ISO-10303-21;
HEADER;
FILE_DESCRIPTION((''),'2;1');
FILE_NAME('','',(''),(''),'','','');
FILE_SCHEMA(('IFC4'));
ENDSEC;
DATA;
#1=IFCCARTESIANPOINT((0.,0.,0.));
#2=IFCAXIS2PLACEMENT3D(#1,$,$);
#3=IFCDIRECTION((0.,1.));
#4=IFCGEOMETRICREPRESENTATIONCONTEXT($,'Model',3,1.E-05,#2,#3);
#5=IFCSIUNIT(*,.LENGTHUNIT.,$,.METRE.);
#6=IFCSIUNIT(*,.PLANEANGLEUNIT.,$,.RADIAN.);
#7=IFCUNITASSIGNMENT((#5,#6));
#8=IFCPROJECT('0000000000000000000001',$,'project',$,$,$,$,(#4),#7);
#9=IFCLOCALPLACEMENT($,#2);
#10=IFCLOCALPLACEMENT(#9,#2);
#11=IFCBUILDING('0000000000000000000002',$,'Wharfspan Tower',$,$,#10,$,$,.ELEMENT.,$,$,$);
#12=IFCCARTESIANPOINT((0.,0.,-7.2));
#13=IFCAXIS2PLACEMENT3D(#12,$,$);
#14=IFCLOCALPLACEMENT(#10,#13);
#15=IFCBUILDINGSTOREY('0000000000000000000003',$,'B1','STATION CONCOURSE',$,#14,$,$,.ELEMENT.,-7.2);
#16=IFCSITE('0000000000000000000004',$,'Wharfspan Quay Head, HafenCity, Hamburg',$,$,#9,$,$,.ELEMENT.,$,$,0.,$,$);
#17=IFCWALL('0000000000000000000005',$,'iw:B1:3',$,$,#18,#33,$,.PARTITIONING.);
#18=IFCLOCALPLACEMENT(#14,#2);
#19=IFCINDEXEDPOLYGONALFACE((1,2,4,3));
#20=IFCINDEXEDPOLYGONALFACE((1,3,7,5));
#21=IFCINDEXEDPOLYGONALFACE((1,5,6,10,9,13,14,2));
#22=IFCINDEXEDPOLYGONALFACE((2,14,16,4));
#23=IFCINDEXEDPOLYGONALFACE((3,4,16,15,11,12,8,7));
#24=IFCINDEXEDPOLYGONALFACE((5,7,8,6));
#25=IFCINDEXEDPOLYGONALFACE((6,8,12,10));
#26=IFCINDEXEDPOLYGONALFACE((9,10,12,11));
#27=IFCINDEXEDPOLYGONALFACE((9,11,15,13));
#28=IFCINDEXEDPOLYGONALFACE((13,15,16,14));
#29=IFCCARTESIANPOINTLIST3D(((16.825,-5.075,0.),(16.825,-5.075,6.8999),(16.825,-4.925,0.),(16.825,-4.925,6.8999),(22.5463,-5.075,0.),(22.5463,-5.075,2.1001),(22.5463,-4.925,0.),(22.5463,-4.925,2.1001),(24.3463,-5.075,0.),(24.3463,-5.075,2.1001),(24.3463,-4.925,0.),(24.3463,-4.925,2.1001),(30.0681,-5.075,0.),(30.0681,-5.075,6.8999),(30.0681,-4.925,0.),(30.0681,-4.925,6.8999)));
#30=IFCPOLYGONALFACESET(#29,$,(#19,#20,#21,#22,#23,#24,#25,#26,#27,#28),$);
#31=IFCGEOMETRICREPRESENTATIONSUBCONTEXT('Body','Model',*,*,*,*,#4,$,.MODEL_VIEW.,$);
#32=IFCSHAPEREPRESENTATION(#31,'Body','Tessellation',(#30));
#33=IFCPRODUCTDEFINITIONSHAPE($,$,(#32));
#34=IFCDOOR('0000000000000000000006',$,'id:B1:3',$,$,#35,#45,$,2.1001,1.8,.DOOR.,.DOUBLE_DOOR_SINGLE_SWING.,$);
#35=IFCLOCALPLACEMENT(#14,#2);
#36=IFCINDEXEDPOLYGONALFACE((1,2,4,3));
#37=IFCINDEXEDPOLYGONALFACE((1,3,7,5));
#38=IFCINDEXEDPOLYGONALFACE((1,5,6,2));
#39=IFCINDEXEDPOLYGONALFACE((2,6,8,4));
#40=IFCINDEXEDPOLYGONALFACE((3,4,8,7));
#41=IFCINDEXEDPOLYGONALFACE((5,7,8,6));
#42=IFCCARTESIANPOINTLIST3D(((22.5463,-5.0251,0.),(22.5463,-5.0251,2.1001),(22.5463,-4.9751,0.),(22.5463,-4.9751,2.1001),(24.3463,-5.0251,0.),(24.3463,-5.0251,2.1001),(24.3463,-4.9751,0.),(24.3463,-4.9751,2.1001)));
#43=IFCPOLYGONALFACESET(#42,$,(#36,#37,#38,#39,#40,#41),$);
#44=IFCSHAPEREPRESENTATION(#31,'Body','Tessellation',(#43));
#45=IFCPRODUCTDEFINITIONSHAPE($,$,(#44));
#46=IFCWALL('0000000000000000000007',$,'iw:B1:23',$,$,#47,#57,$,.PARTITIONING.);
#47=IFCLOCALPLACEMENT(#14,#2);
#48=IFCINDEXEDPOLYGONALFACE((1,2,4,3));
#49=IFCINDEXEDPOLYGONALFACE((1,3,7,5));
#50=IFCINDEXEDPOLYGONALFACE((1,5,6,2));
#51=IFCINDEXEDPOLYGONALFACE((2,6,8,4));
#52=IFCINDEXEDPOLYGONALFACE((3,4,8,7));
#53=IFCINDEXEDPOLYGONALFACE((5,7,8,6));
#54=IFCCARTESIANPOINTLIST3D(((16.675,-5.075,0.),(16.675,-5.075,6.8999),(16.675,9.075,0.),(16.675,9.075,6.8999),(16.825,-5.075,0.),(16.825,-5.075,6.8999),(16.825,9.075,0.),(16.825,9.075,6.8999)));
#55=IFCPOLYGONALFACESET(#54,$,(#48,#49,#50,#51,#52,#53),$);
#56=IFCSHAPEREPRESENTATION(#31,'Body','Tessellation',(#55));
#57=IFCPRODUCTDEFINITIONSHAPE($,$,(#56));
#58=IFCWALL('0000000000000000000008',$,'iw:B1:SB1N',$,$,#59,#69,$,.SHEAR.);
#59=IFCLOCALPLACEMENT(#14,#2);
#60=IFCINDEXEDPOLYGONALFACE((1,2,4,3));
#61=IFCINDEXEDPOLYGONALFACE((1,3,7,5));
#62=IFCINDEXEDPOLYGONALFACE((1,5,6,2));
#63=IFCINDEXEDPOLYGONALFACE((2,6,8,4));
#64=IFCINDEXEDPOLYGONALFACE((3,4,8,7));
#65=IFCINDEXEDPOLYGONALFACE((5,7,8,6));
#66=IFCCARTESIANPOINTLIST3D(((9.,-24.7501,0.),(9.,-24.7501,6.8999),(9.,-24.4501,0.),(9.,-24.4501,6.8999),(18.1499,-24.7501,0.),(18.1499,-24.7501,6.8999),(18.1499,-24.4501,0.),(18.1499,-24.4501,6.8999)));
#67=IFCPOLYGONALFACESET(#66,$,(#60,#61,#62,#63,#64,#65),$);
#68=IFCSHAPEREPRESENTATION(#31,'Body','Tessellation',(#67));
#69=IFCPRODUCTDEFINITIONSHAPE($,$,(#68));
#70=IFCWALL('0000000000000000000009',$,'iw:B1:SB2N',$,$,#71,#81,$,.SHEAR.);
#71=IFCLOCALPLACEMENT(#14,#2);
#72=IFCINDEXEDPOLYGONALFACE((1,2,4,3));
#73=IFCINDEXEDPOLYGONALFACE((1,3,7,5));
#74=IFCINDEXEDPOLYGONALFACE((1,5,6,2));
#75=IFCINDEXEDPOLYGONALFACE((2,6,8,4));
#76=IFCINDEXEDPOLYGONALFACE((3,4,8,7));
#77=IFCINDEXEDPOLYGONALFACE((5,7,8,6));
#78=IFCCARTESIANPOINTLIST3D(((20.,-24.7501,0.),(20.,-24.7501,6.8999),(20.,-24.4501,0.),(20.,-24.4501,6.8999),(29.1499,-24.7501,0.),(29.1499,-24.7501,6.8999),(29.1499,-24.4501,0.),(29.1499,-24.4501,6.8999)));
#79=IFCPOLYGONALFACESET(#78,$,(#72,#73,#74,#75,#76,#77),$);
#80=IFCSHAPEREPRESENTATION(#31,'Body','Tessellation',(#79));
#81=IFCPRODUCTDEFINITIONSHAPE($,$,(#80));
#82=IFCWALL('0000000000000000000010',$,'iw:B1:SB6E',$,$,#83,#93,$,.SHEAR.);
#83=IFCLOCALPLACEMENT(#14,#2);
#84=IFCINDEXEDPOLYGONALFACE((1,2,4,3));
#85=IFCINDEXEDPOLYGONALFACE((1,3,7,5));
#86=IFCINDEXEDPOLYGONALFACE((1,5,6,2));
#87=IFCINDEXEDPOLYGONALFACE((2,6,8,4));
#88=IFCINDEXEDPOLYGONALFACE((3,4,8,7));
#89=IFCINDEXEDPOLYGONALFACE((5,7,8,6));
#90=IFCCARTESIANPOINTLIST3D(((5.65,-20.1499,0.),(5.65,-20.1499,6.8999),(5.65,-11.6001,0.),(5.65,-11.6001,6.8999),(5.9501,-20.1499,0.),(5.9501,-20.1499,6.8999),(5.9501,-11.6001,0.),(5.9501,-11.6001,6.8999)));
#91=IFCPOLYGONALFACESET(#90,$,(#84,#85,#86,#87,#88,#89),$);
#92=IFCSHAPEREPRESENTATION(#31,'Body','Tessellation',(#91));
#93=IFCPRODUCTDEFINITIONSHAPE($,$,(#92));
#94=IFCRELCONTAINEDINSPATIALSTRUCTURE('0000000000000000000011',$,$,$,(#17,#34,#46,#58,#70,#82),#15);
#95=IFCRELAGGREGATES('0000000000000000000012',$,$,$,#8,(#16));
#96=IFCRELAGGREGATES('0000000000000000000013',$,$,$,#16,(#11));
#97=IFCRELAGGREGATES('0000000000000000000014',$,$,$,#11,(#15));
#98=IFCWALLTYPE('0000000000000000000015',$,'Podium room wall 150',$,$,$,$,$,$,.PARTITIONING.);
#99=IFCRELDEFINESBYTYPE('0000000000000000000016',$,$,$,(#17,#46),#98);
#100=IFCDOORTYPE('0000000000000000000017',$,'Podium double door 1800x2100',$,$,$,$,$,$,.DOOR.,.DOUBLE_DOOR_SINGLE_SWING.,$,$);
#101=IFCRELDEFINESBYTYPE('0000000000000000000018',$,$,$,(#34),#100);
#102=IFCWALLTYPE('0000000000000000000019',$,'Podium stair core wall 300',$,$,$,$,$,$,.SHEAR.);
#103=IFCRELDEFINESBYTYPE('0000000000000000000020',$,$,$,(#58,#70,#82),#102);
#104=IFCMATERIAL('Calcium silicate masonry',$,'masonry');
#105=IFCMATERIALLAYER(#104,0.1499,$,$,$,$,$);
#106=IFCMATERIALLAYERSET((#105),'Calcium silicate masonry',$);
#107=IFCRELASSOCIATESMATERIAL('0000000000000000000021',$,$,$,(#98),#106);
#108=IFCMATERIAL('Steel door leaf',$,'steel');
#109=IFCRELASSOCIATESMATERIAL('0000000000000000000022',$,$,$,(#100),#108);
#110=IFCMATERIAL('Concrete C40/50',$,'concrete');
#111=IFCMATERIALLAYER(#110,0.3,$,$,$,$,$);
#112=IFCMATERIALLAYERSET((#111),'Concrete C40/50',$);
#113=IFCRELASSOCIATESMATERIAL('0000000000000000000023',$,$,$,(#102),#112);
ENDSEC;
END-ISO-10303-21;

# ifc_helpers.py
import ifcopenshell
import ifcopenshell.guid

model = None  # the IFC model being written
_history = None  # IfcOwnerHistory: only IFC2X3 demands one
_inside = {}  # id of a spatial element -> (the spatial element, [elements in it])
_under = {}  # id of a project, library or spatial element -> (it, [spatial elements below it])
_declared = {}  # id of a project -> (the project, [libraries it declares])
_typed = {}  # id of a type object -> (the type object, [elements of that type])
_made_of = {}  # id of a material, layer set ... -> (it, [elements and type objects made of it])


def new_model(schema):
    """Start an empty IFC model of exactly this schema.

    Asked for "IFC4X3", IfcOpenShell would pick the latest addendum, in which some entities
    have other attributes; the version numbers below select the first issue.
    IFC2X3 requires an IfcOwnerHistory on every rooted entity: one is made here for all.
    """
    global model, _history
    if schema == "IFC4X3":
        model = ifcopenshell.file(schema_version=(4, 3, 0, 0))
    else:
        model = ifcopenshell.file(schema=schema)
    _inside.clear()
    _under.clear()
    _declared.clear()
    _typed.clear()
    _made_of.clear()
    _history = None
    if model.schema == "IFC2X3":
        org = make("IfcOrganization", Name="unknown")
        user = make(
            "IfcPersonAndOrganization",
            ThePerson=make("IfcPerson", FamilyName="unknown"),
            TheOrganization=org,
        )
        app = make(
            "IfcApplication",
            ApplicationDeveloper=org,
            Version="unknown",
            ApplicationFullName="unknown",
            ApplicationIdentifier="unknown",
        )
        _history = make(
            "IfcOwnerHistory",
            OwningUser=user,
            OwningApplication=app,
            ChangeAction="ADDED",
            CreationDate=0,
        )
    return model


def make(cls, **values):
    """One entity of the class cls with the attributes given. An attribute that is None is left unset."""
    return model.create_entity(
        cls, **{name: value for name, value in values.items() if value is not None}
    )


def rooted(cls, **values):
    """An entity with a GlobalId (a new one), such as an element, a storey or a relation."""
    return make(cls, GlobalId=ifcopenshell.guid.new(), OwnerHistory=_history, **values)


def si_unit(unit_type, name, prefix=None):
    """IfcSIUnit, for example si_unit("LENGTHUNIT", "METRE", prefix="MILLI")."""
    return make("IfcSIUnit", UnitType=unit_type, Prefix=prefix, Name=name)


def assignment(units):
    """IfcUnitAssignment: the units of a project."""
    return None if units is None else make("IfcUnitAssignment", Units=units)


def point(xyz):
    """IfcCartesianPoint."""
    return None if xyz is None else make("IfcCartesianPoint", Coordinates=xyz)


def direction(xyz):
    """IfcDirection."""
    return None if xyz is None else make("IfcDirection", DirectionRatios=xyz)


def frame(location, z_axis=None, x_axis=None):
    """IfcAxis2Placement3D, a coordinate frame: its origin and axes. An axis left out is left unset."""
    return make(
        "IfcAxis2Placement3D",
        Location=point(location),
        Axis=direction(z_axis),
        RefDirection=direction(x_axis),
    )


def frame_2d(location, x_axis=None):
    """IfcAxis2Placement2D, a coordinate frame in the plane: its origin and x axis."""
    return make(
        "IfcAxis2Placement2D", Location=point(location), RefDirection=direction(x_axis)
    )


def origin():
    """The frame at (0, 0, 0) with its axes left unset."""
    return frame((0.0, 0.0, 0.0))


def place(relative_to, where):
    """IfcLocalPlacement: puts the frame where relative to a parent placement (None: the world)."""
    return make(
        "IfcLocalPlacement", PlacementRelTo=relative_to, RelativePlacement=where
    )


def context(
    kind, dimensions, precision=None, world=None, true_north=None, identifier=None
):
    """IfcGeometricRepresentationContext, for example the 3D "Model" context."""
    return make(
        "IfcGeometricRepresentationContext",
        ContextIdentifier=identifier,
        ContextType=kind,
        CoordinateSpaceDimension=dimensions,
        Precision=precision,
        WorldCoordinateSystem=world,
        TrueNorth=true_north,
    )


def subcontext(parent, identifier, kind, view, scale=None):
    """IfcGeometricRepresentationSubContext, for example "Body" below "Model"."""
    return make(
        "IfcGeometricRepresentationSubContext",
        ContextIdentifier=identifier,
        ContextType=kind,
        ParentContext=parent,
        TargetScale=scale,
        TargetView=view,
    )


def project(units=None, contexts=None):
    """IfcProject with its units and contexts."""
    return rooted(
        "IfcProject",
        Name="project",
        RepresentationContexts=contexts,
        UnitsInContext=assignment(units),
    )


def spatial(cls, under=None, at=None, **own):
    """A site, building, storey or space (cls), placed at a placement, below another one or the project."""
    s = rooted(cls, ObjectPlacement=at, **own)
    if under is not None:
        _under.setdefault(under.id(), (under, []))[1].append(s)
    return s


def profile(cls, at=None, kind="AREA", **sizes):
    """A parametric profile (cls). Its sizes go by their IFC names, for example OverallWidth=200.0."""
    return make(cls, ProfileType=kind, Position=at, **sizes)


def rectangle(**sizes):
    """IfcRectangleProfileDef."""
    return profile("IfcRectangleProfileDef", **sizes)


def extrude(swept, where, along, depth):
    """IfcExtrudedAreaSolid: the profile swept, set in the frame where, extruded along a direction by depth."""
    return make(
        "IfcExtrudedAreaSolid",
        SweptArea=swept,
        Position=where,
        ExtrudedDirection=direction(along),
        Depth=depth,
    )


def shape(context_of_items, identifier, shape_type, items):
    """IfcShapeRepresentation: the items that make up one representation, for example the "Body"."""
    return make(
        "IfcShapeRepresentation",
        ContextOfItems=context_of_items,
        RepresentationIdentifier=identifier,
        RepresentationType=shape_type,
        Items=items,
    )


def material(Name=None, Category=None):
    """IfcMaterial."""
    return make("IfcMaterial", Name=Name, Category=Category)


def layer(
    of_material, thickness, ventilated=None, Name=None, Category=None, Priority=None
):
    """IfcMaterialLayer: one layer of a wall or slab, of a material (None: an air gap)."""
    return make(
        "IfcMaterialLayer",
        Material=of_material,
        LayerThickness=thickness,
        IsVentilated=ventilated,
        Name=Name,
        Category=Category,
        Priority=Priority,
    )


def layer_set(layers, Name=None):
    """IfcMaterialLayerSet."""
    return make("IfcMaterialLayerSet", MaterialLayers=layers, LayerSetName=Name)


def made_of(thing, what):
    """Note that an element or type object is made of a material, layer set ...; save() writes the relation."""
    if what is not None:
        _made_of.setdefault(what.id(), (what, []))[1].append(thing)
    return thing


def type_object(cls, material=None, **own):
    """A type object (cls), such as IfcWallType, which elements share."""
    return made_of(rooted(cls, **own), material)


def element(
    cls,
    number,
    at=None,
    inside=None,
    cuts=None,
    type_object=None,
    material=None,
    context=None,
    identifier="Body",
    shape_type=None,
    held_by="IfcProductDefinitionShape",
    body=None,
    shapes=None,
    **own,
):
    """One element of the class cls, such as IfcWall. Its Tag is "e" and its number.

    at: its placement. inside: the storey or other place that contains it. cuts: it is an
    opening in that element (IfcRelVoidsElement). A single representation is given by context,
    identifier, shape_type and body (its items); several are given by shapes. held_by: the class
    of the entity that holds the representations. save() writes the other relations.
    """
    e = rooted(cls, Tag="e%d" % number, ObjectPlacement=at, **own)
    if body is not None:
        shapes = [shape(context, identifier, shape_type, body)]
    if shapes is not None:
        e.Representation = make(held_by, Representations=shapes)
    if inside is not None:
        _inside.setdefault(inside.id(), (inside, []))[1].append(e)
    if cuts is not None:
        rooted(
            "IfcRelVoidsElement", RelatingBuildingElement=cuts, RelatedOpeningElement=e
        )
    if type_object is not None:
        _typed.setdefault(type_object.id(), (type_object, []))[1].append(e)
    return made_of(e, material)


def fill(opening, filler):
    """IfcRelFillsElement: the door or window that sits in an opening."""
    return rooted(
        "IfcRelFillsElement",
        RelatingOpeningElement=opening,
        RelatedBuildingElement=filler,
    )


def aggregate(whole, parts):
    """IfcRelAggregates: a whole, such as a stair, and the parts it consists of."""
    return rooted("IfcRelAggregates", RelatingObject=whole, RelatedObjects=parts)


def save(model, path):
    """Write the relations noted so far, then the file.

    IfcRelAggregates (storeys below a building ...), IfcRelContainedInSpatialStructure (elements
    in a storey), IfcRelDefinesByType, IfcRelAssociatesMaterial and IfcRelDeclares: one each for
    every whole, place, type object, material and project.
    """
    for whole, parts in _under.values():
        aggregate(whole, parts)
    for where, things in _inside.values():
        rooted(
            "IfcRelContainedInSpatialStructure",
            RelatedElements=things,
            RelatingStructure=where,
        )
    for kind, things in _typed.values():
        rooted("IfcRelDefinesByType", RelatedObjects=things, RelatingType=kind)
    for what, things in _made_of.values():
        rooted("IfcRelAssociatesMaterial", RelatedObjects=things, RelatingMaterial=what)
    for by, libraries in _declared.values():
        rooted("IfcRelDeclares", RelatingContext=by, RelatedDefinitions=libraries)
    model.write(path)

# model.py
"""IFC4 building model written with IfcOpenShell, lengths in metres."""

from ifc_helpers import new_model, si_unit, direction, frame, frame_2d, origin, place, context, subcontext, project, spatial, rectangle, extrude, material, layer, layer_set, type_object, element, fill, save


model = new_model("IFC4")

# Units and contexts
model_context = context("Model", 3, precision=1e-05, world=origin(), true_north=direction((0.0, 1.0)))
body_context = subcontext(model_context, "Body", "Model", "MODEL_VIEW")
ifc_project = project(units=[si_unit("LENGTHUNIT", "METRE"), si_unit("PLANEANGLEUNIT", "RADIAN")], contexts=[model_context])

# Site, building, storey
site_placement = place(None, origin())
site = spatial("IfcSite", under=ifc_project, at=site_placement, Name="Wharfspan Quay Head, HafenCity, Hamburg", CompositionType="ELEMENT", RefElevation=0.0)
building_placement = place(site_placement, origin())
building = spatial("IfcBuilding", under=site, at=building_placement, Name="Wharfspan Tower", CompositionType="ELEMENT")
storey_placement = place(building_placement, frame((0.0, 0.0, -7.2)))
storey = spatial("IfcBuildingStorey", under=building, at=storey_placement, Name="B1", Description="STATION CONCOURSE", CompositionType="ELEMENT", Elevation=-7.2)

# Wall, opening, door
ifc_material_1 = material(Name="Calcium silicate masonry", Category="masonry")
ifc_layer_1 = layer(ifc_material_1, 0.1499)
ifc_layer_set_1 = layer_set([ifc_layer_1], Name="Calcium silicate masonry")
wall_type_1 = type_object("IfcWallType", Name="Podium room wall 150", PredefinedType="PARTITIONING", material=ifc_layer_set_1)
wall_1_placement = place(storey_placement, frame((16.825, -5.0, 0.0), z_axis=(0.0, 0.0, 1.0), x_axis=(1.0, 0.0, 0.0)))
wall_1 = element("IfcWall", 1, at=wall_1_placement, inside=storey, type_object=wall_type_1, Name="iw:B1:3", PredefinedType="PARTITIONING", context=body_context, shape_type="SweptSolid", body=[
    extrude(rectangle(XDim=13.2432, YDim=0.1499, at=frame_2d((6.6216, 0.0))), origin(), (0.0, 0.0, 1.0), 6.8999),
])
opening_placement = place(wall_1_placement, frame((5.7214, 0.0, 0.0)))
opening = element("IfcOpeningElement", 2, at=opening_placement, cuts=wall_1, PredefinedType="OPENING", context=body_context, shape_type="SweptSolid", body=[
    extrude(rectangle(XDim=1.8, YDim=2.1001, at=frame_2d((0.8999, 1.05))), frame((0.0, 0.085, 0.0), z_axis=(0.0, -1.0, 0.0), x_axis=(1.0, 0.0, 0.0)), (0.0, 0.0, 1.0), 0.1699),
])
ifc_material_2 = material(Name="Steel door leaf", Category="steel")
door_type = type_object("IfcDoorType", Name="Podium double door 1800x2100", OperationType="DOUBLE_DOOR_SINGLE_SWING", PredefinedType="DOOR", material=ifc_material_2)
door_placement = place(opening_placement, origin())
door = element("IfcDoor", 3, at=door_placement, inside=storey, type_object=door_type, Name="id:B1:3", OperationType="DOUBLE_DOOR_SINGLE_SWING", OverallHeight=2.1001, OverallWidth=1.8, PredefinedType="DOOR", context=body_context, shape_type="SweptSolid", body=[
    extrude(rectangle(XDim=1.8, YDim=2.1001, at=frame_2d((0.8999, 1.05))), frame((0.0, 0.0249, 0.0), z_axis=(0.0, -1.0, 0.0), x_axis=(1.0, 0.0, 0.0)), (0.0, 0.0, 1.0), 0.05),
])
fill(opening, door)

# Walls
wall_2_placement = place(storey_placement, frame((16.75, -5.075, 0.0), z_axis=(0.0, 0.0, 1.0), x_axis=(0.0, 1.0, 0.0)))
element("IfcWall", 4, at=wall_2_placement, inside=storey, type_object=wall_type_1, Name="iw:B1:23", PredefinedType="PARTITIONING", context=body_context, shape_type="SweptSolid", body=[
    extrude(rectangle(XDim=14.1499, YDim=0.1499, at=frame_2d((7.075, 0.0))), origin(), (0.0, 0.0, 1.0), 6.8999),
])
ifc_material_3 = material(Name="Concrete C40/50", Category="concrete")
ifc_layer_2 = layer(ifc_material_3, 0.3)
ifc_layer_set_2 = layer_set([ifc_layer_2], Name="Concrete C40/50")
wall_type_2 = type_object("IfcWallType", Name="Podium stair core wall 300", PredefinedType="SHEAR", material=ifc_layer_set_2)
for number, where, z_axis, x_axis, name in (
    (5, (9.0, -24.6001, 0.0), (0.0, 0.0, 1.0), (1.0, 0.0, 0.0), "iw:B1:SB1N"),
    (6, (20.0, -24.6001, 0.0), (0.0, 0.0, 1.0), (1.0, 0.0, 0.0), "iw:B1:SB2N"),
):
    element("IfcWall", number, at=place(storey_placement, frame(where, z_axis=z_axis, x_axis=x_axis)), inside=storey, type_object=wall_type_2, Name=name, PredefinedType="SHEAR", context=body_context, shape_type="SweptSolid", body=[
        extrude(rectangle(XDim=9.1499, YDim=0.3, at=frame_2d((4.575, 0.0))), origin(), (0.0, 0.0, 1.0), 6.8999),
    ])
wall_3_placement = place(storey_placement, frame((5.8, -20.1499, 0.0), z_axis=(0.0, 0.0, 1.0), x_axis=(0.0, 1.0, 0.0)))
element("IfcWall", 7, at=wall_3_placement, inside=storey, type_object=wall_type_2, Name="iw:B1:SB6E", PredefinedType="SHEAR", context=body_context, shape_type="SweptSolid", body=[
    extrude(rectangle(XDim=8.5498, YDim=0.3, at=frame_2d((4.2749, 0.0))), origin(), (0.0, 0.0, 1.0), 6.8999),
])

save(model, "model.ifc")
